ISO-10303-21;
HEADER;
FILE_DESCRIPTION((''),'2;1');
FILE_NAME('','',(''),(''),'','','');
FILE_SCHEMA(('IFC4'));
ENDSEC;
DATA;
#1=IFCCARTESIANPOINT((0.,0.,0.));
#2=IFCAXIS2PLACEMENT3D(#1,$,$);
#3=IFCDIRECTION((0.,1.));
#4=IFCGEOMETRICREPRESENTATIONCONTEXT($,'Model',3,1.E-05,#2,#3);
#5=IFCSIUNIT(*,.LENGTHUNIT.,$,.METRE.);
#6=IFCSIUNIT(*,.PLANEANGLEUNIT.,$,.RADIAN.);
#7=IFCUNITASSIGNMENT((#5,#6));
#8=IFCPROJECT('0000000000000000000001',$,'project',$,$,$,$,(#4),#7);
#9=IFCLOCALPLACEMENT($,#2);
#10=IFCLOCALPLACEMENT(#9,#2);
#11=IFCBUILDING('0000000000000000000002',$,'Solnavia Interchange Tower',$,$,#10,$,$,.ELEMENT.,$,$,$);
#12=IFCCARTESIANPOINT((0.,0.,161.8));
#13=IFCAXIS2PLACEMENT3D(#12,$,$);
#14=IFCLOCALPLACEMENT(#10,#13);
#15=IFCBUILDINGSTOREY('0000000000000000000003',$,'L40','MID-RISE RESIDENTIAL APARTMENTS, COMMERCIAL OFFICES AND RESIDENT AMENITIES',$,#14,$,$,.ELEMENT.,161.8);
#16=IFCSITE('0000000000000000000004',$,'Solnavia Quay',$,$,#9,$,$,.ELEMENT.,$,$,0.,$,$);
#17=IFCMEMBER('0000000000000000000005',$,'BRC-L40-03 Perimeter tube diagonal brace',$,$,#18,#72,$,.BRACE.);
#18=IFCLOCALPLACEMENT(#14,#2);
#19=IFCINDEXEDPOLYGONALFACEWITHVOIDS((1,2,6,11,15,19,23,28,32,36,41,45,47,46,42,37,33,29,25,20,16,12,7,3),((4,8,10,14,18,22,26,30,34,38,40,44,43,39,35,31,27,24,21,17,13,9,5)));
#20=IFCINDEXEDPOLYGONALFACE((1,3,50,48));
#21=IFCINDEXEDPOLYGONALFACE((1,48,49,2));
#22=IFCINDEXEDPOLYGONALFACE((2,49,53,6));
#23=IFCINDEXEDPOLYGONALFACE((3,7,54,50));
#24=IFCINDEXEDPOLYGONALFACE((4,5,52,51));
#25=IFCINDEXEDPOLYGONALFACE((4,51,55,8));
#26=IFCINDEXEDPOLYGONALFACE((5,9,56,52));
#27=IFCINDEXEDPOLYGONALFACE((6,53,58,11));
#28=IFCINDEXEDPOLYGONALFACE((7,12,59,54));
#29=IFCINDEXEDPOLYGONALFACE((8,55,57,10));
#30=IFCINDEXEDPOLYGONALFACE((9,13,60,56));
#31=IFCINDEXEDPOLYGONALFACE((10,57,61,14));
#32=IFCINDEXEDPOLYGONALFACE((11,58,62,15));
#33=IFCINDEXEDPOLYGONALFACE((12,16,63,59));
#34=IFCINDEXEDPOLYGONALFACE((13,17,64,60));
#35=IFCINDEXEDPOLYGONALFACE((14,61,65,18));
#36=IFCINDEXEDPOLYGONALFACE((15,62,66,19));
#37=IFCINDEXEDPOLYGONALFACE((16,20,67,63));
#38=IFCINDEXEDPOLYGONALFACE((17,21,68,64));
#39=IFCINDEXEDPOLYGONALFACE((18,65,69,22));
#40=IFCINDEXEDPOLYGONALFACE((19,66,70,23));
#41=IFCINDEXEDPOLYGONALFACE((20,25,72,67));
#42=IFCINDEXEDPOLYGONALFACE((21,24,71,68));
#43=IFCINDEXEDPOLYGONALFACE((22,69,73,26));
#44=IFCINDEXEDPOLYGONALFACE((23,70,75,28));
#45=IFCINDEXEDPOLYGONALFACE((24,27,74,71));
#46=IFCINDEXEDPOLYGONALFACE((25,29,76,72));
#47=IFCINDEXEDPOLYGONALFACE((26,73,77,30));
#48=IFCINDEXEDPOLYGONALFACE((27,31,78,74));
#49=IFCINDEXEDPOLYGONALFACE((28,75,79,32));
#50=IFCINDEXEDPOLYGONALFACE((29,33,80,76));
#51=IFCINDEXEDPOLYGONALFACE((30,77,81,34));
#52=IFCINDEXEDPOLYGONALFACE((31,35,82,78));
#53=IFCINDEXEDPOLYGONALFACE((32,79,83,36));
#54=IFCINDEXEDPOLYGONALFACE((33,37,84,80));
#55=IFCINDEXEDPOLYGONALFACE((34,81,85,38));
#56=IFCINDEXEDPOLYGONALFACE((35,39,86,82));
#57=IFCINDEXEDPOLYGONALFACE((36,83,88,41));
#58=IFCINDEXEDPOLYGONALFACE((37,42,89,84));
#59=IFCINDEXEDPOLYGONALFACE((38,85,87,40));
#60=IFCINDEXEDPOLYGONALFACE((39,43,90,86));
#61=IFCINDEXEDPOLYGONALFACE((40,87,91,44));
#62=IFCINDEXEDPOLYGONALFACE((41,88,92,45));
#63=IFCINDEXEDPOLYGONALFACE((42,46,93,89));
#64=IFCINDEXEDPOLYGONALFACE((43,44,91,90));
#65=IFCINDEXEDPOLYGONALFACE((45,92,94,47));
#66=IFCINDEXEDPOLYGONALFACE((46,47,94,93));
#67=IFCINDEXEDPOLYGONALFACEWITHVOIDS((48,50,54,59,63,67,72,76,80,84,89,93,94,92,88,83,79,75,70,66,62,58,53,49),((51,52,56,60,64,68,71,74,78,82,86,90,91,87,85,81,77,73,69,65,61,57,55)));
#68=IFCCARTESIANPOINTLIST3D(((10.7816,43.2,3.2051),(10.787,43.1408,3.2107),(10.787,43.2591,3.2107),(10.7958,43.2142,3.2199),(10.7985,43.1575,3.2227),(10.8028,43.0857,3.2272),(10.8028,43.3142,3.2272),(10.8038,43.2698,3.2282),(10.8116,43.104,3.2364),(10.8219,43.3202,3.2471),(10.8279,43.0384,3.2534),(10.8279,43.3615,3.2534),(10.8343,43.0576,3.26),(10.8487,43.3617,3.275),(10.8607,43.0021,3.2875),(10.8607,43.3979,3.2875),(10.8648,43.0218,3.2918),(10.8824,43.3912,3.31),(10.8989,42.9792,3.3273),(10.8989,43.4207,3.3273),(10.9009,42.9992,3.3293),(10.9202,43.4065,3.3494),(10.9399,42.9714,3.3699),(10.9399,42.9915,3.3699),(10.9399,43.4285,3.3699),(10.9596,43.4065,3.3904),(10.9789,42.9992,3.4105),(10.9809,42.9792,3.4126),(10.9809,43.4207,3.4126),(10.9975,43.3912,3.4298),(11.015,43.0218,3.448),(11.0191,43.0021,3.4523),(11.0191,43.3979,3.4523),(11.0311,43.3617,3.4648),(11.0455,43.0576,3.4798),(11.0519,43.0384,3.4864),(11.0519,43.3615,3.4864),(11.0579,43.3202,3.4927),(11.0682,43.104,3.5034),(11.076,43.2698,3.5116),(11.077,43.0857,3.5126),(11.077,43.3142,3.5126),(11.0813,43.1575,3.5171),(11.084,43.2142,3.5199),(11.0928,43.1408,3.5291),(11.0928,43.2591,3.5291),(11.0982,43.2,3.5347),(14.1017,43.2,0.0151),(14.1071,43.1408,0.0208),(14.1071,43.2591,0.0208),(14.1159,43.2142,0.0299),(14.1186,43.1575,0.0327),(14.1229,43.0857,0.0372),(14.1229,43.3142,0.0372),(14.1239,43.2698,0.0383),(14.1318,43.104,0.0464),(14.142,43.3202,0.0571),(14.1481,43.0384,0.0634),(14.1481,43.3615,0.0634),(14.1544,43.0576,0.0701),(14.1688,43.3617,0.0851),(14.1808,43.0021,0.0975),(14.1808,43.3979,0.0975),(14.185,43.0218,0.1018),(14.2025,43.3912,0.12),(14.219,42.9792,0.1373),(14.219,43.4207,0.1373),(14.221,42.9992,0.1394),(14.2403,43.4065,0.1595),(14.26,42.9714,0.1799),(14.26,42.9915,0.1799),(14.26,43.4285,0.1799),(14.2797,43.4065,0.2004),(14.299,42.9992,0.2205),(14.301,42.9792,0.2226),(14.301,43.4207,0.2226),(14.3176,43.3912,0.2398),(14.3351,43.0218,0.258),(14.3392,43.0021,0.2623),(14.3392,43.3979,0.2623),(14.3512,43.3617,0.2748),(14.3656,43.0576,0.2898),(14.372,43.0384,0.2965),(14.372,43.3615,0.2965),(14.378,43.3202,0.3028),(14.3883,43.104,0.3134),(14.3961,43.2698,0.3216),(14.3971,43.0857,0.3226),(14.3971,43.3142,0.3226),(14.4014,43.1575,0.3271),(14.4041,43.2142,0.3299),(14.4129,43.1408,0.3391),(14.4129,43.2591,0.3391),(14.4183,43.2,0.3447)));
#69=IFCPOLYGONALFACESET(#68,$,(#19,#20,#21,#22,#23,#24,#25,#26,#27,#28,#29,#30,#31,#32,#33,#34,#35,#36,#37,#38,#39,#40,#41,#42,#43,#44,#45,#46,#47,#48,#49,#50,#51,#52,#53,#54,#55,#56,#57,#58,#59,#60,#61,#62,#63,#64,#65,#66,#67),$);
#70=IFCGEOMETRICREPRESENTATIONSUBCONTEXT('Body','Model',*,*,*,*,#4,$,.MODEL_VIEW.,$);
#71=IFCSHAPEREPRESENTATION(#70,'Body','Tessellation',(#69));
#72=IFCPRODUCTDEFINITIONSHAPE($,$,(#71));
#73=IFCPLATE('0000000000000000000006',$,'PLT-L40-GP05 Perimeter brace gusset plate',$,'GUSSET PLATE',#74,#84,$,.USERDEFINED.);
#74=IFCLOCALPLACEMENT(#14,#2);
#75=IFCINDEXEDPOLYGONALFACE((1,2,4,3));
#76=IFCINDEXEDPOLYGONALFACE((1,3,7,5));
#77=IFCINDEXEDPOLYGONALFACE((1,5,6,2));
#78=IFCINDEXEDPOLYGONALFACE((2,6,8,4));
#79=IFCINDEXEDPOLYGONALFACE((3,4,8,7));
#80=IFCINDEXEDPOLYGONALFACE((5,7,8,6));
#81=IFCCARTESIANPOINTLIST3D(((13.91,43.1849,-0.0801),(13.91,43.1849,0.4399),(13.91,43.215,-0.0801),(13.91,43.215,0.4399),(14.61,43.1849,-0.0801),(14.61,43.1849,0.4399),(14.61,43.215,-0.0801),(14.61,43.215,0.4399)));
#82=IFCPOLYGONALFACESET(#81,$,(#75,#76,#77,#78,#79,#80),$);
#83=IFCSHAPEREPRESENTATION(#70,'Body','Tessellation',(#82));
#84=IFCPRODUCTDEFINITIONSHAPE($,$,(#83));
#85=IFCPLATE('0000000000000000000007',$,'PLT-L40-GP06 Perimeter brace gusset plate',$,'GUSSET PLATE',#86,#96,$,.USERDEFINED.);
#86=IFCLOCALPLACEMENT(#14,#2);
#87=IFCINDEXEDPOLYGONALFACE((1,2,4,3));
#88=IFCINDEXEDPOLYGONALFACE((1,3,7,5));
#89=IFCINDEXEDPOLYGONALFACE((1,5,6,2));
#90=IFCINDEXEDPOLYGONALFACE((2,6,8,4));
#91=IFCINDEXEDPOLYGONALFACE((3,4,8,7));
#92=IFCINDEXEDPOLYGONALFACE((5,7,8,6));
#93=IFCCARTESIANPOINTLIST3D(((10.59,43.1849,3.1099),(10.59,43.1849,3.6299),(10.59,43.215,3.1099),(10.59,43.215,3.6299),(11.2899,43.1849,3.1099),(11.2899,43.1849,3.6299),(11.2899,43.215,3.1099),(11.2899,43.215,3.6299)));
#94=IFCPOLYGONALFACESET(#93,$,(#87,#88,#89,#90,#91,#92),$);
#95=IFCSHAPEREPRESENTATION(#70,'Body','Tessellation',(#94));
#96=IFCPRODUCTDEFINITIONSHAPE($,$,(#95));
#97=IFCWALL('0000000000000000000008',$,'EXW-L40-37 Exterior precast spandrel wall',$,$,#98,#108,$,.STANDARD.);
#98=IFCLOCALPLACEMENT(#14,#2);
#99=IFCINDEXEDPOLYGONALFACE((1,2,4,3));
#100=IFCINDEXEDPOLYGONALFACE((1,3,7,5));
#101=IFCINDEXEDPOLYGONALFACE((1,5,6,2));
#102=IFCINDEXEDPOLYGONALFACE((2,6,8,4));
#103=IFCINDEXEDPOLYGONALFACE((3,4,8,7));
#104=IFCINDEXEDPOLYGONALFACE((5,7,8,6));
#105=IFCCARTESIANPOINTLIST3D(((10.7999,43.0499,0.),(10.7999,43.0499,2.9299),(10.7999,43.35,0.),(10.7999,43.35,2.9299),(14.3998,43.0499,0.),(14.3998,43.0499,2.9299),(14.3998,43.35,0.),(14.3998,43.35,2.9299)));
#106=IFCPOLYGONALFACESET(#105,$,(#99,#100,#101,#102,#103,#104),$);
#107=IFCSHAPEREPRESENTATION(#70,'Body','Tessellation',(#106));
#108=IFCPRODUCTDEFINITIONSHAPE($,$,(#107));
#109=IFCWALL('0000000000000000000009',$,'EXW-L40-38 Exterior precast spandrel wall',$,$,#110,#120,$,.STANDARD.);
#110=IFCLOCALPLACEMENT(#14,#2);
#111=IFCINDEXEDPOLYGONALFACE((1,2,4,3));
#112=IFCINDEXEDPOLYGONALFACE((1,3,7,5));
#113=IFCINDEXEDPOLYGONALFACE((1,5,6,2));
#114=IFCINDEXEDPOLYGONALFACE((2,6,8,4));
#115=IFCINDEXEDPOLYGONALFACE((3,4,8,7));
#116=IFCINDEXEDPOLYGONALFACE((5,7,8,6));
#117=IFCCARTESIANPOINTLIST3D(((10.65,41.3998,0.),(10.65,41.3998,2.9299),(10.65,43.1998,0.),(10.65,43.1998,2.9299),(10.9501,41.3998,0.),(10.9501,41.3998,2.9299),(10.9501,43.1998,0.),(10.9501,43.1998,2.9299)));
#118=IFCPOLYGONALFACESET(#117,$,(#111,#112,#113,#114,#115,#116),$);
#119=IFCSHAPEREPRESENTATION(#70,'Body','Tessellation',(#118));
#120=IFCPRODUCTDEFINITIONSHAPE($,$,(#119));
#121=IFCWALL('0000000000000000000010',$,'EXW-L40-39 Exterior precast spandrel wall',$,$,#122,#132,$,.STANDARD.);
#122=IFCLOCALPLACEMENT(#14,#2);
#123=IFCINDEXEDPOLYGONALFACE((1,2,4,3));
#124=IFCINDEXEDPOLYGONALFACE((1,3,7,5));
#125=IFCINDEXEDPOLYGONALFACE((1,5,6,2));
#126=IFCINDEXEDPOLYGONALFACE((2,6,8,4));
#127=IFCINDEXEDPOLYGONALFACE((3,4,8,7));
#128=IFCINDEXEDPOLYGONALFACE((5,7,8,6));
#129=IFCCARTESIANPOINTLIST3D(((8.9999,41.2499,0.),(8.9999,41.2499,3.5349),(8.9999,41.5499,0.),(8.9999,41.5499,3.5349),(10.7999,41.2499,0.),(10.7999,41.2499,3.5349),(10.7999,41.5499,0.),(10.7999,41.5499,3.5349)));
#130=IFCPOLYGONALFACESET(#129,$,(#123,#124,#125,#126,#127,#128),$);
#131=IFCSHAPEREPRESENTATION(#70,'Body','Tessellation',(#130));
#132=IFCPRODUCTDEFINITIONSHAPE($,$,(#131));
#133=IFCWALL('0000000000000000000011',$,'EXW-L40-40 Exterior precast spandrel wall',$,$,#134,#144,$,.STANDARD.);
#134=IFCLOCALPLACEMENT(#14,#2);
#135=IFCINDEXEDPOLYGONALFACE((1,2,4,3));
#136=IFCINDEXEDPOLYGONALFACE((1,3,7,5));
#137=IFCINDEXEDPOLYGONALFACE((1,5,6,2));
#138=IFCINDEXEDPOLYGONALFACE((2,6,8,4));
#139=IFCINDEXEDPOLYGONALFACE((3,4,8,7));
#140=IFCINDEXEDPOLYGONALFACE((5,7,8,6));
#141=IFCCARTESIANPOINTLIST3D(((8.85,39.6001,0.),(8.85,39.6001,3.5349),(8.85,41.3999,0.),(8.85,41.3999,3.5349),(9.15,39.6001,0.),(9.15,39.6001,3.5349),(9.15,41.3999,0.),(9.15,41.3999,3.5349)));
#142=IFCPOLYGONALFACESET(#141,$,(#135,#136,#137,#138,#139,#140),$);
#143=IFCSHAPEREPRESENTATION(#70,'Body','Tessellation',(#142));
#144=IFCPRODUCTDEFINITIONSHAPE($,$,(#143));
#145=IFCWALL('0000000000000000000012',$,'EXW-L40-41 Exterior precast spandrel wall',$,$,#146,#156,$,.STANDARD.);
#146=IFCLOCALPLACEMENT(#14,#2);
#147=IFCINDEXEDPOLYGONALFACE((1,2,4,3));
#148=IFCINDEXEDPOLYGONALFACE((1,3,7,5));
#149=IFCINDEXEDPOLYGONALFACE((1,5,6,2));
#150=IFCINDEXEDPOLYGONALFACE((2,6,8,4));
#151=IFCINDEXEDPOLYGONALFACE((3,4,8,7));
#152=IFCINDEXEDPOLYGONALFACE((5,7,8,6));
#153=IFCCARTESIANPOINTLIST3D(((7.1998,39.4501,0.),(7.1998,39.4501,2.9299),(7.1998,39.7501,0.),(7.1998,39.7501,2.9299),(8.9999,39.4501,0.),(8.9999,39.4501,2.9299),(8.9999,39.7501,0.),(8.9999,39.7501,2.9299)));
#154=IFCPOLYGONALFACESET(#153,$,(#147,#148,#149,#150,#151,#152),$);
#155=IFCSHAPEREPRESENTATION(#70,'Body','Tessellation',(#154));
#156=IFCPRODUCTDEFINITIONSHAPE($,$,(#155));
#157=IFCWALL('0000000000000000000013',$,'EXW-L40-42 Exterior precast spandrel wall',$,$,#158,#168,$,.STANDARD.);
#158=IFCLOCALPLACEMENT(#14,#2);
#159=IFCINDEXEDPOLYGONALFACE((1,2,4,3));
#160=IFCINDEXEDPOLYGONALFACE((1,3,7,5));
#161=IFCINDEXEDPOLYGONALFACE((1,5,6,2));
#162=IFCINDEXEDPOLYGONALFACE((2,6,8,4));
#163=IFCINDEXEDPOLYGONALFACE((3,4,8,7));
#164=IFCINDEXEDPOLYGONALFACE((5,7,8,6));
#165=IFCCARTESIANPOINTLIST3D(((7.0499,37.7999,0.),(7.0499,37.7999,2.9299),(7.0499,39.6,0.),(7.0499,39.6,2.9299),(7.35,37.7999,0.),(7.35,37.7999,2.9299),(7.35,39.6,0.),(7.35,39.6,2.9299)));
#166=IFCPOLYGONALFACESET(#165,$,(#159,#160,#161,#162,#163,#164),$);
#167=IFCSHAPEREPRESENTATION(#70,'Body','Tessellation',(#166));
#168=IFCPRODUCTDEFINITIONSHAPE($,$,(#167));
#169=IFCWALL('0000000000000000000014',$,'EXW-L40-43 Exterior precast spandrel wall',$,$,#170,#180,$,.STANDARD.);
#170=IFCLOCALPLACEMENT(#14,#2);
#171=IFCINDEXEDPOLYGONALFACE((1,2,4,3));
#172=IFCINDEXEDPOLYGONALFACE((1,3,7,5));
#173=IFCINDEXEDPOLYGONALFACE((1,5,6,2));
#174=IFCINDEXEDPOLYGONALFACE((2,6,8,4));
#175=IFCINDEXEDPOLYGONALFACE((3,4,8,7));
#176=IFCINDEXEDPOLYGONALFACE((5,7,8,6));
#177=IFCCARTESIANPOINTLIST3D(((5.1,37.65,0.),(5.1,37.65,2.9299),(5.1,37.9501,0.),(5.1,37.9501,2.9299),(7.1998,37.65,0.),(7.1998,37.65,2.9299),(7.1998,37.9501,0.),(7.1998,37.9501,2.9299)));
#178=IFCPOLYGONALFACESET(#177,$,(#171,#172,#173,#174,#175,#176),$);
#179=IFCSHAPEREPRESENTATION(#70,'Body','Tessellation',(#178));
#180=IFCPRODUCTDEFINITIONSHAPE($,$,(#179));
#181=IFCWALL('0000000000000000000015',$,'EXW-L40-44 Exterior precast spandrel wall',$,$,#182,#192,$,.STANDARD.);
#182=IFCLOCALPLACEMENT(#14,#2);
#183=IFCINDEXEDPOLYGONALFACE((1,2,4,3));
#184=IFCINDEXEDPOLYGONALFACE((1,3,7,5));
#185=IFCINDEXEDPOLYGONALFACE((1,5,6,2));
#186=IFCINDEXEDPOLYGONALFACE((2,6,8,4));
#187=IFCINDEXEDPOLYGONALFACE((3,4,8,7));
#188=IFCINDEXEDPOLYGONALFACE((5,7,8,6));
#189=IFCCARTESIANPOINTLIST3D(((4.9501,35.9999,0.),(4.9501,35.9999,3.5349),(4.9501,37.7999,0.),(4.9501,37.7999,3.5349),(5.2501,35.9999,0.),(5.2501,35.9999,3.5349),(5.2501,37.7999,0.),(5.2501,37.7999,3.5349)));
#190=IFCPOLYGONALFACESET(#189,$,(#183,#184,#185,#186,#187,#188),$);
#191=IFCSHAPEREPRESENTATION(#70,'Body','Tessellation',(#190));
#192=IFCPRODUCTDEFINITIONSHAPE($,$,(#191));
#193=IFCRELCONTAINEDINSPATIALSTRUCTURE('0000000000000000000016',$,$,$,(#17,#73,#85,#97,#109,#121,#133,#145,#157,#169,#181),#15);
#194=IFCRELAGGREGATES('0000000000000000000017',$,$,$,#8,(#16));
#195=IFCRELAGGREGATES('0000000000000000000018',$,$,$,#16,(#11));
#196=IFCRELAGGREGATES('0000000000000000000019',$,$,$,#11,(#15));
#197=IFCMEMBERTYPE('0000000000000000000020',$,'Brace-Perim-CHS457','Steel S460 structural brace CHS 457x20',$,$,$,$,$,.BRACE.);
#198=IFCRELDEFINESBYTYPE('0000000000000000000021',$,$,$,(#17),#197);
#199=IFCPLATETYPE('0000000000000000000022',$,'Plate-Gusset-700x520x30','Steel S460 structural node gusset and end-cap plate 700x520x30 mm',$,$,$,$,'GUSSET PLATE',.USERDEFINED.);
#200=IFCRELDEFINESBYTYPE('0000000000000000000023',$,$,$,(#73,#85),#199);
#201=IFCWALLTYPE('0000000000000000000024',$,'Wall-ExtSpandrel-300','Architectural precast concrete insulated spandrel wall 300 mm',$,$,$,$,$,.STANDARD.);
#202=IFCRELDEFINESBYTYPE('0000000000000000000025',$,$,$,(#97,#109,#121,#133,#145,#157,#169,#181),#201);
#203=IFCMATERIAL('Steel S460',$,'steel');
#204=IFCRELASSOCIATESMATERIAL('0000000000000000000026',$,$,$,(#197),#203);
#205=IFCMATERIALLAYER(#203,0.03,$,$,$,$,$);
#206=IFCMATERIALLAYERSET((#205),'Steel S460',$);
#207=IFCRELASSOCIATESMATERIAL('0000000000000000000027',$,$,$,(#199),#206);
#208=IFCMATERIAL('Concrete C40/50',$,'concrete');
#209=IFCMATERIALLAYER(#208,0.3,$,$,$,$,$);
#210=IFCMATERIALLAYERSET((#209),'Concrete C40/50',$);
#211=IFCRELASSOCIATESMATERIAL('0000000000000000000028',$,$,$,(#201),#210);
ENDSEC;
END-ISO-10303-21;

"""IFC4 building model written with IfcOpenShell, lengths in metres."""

from ifc_helpers import new_model, si_unit, direction, frame, frame_2d, origin, origin_2d, place, context, subcontext, project, spatial, rectangle, hollow_circle, extrude, material, layer, layer_set, material_profile, profile_set, type_object, element, save


model = new_model("IFC4")

# Units and contexts
model_context = context("Model", 3, precision=1e-05, world=origin(), true_north=direction((0.0, 1.0)))
body_context = subcontext(model_context, "Body", "Model", "MODEL_VIEW")
ifc_project = project(units=[si_unit("LENGTHUNIT", "METRE"), si_unit("PLANEANGLEUNIT", "RADIAN")], contexts=[model_context])

# Site, building, storey
site_placement = place(None, origin())
site = spatial("IfcSite", under=ifc_project, at=site_placement, Name="Solnavia Quay", CompositionType="ELEMENT", RefElevation=0.0)
building_placement = place(site_placement, origin())
building = spatial("IfcBuilding", under=site, at=building_placement, Name="Solnavia Interchange Tower", CompositionType="ELEMENT")
storey_placement = place(building_placement, frame((0.0, 0.0, 161.8)))
storey = spatial("IfcBuildingStorey", under=building, at=storey_placement, Name="L40", Description="MID-RISE RESIDENTIAL APARTMENTS, COMMERCIAL OFFICES AND RESIDENT AMENITIES", CompositionType="ELEMENT", Elevation=161.8)

# Shared definitions
ifc_material_1 = material(Name="Steel S460", Category="steel")

# Member
ifc_material_profile_1 = material_profile(ifc_material_1, hollow_circle(Radius=0.2285, WallThickness=0.02, at=origin_2d()), Name="CHS 457x20")
ifc_profile_set_1 = profile_set([ifc_material_profile_1], Name="Steel S460")
member_type = type_object("IfcMemberType", Name="Brace-Perim-CHS457", Description="Steel S460 structural brace CHS 457x20", PredefinedType="BRACE", material=ifc_profile_set_1)
member_placement = place(storey_placement, frame((14.26, 43.2, 0.1799), z_axis=(-0.721097, 0.0, 0.692834), x_axis=(0.0, -1.0, 0.0)))
element("IfcMember", 1, at=member_placement, inside=storey, type_object=member_type, Name="BRC-L40-03 Perimeter tube diagonal brace", PredefinedType="BRACE", context=body_context, shape_type="SweptSolid", body=[
    extrude(hollow_circle(Radius=0.2285, WallThickness=0.02, at=origin_2d()), origin(), (0.0, 0.0, 1.0), 4.6042),
])

# Plates
ifc_layer_1 = layer(ifc_material_1, 0.03)
ifc_layer_set_1 = layer_set([ifc_layer_1], Name="Steel S460")
plate_type = type_object("IfcPlateType", Name="Plate-Gusset-700x520x30", Description="Steel S460 structural node gusset and end-cap plate 700x520x30 mm", ElementType="GUSSET PLATE", PredefinedType="USERDEFINED", material=ifc_layer_set_1)
for number, where, z_axis, x_axis, name in (
    (2, (14.26, 43.2, -0.0801), (0.0, 0.0, 1.0), (-1.0, 0.0, 0.0), "PLT-L40-GP05 Perimeter brace gusset plate"),
    (3, (10.9399, 43.2, 3.1099), (0.0, 0.0, 1.0), (-1.0, 0.0, 0.0), "PLT-L40-GP06 Perimeter brace gusset plate"),
):
    element("IfcPlate", number, at=place(storey_placement, frame(where, z_axis=z_axis, x_axis=x_axis)), inside=storey, type_object=plate_type, Name=name, ObjectType="GUSSET PLATE", PredefinedType="USERDEFINED", context=body_context, shape_type="SweptSolid", body=[
        extrude(rectangle(XDim=0.7, YDim=0.03, at=origin_2d()), origin(), (0.0, 0.0, 1.0), 0.52),
    ])

# Walls
ifc_material_2 = material(Name="Concrete C40/50", Category="concrete")
ifc_layer_2 = layer(ifc_material_2, 0.3)
ifc_layer_set_2 = layer_set([ifc_layer_2], Name="Concrete C40/50")
wall_type = type_object("IfcWallType", Name="Wall-ExtSpandrel-300", Description="Architectural precast concrete insulated spandrel wall 300 mm", PredefinedType="STANDARD", material=ifc_layer_set_2)
wall_1_placement = place(storey_placement, frame((10.8, 43.2, 0.0), z_axis=(0.0, 0.0, 1.0), x_axis=(1.0, 0.0, 0.0)))
element("IfcWall", 4, at=wall_1_placement, inside=storey, type_object=wall_type, Name="EXW-L40-37 Exterior precast spandrel wall", PredefinedType="STANDARD", context=body_context, shape_type="SweptSolid", body=[
    extrude(rectangle(XDim=3.5999, YDim=0.3, at=frame_2d((1.7998, 0.0))), origin(), (0.0, 0.0, 1.0), 2.9299),
])
wall_2_placement = place(storey_placement, frame((10.8, 41.3999, 0.0), z_axis=(0.0, 0.0, 1.0), x_axis=(0.0, 1.0, 0.0)))
element("IfcWall", 5, at=wall_2_placement, inside=storey, type_object=wall_type, Name="EXW-L40-38 Exterior precast spandrel wall", PredefinedType="STANDARD", context=body_context, shape_type="SweptSolid", body=[
    extrude(rectangle(XDim=1.8, YDim=0.3, at=frame_2d((0.8999, 0.0))), origin(), (0.0, 0.0, 1.0), 2.9299),
])
wall_3_placement = place(storey_placement, frame((9.0, 41.3999, 0.0), z_axis=(0.0, 0.0, 1.0), x_axis=(1.0, 0.0, 0.0)))
element("IfcWall", 6, at=wall_3_placement, inside=storey, type_object=wall_type, Name="EXW-L40-39 Exterior precast spandrel wall", PredefinedType="STANDARD", context=body_context, shape_type="SweptSolid", body=[
    extrude(rectangle(XDim=1.8, YDim=0.3, at=frame_2d((0.8999, 0.0))), origin(), (0.0, 0.0, 1.0), 3.5349),
])
wall_4_placement = place(storey_placement, frame((9.0, 39.6001, 0.0), z_axis=(0.0, 0.0, 1.0), x_axis=(0.0, 1.0, 0.0)))
element("IfcWall", 7, at=wall_4_placement, inside=storey, type_object=wall_type, Name="EXW-L40-40 Exterior precast spandrel wall", PredefinedType="STANDARD", context=body_context, shape_type="SweptSolid", body=[
    extrude(rectangle(XDim=1.7998, YDim=0.3, at=frame_2d((0.8999, 0.0))), origin(), (0.0, 0.0, 1.0), 3.5349),
])
for number, where, z_axis, x_axis, name in (
    (8, (7.2, 39.6001, 0.0), (0.0, 0.0, 1.0), (1.0, 0.0, 0.0), "EXW-L40-41 Exterior precast spandrel wall"),
    (9, (7.2, 37.8, 0.0), (0.0, 0.0, 1.0), (0.0, 1.0, 0.0), "EXW-L40-42 Exterior precast spandrel wall"),
):
    element("IfcWall", number, at=place(storey_placement, frame(where, z_axis=z_axis, x_axis=x_axis)), inside=storey, type_object=wall_type, Name=name, PredefinedType="STANDARD", context=body_context, shape_type="SweptSolid", body=[
        extrude(rectangle(XDim=1.8, YDim=0.3, at=frame_2d((0.8999, 0.0))), origin(), (0.0, 0.0, 1.0), 2.9299),
    ])
wall_5_placement = place(storey_placement, frame((5.1001, 37.8, 0.0), z_axis=(0.0, 0.0, 1.0), x_axis=(1.0, 0.0, 0.0)))
element("IfcWall", 10, at=wall_5_placement, inside=storey, type_object=wall_type, Name="EXW-L40-43 Exterior precast spandrel wall", PredefinedType="STANDARD", context=body_context, shape_type="SweptSolid", body=[
    extrude(rectangle(XDim=2.0999, YDim=0.3, at=frame_2d((1.0498, 0.0))), origin(), (0.0, 0.0, 1.0), 2.9299),
])
wall_6_placement = place(storey_placement, frame((5.1001, 36.0, 0.0), z_axis=(0.0, 0.0, 1.0), x_axis=(0.0, 1.0, 0.0)))
element("IfcWall", 11, at=wall_6_placement, inside=storey, type_object=wall_type, Name="EXW-L40-44 Exterior precast spandrel wall", PredefinedType="STANDARD", context=body_context, shape_type="SweptSolid", body=[
    extrude(rectangle(XDim=1.8, YDim=0.3, at=frame_2d((0.8999, 0.0))), origin(), (0.0, 0.0, 1.0), 3.5349),
])

save(model, "model.ifc")
